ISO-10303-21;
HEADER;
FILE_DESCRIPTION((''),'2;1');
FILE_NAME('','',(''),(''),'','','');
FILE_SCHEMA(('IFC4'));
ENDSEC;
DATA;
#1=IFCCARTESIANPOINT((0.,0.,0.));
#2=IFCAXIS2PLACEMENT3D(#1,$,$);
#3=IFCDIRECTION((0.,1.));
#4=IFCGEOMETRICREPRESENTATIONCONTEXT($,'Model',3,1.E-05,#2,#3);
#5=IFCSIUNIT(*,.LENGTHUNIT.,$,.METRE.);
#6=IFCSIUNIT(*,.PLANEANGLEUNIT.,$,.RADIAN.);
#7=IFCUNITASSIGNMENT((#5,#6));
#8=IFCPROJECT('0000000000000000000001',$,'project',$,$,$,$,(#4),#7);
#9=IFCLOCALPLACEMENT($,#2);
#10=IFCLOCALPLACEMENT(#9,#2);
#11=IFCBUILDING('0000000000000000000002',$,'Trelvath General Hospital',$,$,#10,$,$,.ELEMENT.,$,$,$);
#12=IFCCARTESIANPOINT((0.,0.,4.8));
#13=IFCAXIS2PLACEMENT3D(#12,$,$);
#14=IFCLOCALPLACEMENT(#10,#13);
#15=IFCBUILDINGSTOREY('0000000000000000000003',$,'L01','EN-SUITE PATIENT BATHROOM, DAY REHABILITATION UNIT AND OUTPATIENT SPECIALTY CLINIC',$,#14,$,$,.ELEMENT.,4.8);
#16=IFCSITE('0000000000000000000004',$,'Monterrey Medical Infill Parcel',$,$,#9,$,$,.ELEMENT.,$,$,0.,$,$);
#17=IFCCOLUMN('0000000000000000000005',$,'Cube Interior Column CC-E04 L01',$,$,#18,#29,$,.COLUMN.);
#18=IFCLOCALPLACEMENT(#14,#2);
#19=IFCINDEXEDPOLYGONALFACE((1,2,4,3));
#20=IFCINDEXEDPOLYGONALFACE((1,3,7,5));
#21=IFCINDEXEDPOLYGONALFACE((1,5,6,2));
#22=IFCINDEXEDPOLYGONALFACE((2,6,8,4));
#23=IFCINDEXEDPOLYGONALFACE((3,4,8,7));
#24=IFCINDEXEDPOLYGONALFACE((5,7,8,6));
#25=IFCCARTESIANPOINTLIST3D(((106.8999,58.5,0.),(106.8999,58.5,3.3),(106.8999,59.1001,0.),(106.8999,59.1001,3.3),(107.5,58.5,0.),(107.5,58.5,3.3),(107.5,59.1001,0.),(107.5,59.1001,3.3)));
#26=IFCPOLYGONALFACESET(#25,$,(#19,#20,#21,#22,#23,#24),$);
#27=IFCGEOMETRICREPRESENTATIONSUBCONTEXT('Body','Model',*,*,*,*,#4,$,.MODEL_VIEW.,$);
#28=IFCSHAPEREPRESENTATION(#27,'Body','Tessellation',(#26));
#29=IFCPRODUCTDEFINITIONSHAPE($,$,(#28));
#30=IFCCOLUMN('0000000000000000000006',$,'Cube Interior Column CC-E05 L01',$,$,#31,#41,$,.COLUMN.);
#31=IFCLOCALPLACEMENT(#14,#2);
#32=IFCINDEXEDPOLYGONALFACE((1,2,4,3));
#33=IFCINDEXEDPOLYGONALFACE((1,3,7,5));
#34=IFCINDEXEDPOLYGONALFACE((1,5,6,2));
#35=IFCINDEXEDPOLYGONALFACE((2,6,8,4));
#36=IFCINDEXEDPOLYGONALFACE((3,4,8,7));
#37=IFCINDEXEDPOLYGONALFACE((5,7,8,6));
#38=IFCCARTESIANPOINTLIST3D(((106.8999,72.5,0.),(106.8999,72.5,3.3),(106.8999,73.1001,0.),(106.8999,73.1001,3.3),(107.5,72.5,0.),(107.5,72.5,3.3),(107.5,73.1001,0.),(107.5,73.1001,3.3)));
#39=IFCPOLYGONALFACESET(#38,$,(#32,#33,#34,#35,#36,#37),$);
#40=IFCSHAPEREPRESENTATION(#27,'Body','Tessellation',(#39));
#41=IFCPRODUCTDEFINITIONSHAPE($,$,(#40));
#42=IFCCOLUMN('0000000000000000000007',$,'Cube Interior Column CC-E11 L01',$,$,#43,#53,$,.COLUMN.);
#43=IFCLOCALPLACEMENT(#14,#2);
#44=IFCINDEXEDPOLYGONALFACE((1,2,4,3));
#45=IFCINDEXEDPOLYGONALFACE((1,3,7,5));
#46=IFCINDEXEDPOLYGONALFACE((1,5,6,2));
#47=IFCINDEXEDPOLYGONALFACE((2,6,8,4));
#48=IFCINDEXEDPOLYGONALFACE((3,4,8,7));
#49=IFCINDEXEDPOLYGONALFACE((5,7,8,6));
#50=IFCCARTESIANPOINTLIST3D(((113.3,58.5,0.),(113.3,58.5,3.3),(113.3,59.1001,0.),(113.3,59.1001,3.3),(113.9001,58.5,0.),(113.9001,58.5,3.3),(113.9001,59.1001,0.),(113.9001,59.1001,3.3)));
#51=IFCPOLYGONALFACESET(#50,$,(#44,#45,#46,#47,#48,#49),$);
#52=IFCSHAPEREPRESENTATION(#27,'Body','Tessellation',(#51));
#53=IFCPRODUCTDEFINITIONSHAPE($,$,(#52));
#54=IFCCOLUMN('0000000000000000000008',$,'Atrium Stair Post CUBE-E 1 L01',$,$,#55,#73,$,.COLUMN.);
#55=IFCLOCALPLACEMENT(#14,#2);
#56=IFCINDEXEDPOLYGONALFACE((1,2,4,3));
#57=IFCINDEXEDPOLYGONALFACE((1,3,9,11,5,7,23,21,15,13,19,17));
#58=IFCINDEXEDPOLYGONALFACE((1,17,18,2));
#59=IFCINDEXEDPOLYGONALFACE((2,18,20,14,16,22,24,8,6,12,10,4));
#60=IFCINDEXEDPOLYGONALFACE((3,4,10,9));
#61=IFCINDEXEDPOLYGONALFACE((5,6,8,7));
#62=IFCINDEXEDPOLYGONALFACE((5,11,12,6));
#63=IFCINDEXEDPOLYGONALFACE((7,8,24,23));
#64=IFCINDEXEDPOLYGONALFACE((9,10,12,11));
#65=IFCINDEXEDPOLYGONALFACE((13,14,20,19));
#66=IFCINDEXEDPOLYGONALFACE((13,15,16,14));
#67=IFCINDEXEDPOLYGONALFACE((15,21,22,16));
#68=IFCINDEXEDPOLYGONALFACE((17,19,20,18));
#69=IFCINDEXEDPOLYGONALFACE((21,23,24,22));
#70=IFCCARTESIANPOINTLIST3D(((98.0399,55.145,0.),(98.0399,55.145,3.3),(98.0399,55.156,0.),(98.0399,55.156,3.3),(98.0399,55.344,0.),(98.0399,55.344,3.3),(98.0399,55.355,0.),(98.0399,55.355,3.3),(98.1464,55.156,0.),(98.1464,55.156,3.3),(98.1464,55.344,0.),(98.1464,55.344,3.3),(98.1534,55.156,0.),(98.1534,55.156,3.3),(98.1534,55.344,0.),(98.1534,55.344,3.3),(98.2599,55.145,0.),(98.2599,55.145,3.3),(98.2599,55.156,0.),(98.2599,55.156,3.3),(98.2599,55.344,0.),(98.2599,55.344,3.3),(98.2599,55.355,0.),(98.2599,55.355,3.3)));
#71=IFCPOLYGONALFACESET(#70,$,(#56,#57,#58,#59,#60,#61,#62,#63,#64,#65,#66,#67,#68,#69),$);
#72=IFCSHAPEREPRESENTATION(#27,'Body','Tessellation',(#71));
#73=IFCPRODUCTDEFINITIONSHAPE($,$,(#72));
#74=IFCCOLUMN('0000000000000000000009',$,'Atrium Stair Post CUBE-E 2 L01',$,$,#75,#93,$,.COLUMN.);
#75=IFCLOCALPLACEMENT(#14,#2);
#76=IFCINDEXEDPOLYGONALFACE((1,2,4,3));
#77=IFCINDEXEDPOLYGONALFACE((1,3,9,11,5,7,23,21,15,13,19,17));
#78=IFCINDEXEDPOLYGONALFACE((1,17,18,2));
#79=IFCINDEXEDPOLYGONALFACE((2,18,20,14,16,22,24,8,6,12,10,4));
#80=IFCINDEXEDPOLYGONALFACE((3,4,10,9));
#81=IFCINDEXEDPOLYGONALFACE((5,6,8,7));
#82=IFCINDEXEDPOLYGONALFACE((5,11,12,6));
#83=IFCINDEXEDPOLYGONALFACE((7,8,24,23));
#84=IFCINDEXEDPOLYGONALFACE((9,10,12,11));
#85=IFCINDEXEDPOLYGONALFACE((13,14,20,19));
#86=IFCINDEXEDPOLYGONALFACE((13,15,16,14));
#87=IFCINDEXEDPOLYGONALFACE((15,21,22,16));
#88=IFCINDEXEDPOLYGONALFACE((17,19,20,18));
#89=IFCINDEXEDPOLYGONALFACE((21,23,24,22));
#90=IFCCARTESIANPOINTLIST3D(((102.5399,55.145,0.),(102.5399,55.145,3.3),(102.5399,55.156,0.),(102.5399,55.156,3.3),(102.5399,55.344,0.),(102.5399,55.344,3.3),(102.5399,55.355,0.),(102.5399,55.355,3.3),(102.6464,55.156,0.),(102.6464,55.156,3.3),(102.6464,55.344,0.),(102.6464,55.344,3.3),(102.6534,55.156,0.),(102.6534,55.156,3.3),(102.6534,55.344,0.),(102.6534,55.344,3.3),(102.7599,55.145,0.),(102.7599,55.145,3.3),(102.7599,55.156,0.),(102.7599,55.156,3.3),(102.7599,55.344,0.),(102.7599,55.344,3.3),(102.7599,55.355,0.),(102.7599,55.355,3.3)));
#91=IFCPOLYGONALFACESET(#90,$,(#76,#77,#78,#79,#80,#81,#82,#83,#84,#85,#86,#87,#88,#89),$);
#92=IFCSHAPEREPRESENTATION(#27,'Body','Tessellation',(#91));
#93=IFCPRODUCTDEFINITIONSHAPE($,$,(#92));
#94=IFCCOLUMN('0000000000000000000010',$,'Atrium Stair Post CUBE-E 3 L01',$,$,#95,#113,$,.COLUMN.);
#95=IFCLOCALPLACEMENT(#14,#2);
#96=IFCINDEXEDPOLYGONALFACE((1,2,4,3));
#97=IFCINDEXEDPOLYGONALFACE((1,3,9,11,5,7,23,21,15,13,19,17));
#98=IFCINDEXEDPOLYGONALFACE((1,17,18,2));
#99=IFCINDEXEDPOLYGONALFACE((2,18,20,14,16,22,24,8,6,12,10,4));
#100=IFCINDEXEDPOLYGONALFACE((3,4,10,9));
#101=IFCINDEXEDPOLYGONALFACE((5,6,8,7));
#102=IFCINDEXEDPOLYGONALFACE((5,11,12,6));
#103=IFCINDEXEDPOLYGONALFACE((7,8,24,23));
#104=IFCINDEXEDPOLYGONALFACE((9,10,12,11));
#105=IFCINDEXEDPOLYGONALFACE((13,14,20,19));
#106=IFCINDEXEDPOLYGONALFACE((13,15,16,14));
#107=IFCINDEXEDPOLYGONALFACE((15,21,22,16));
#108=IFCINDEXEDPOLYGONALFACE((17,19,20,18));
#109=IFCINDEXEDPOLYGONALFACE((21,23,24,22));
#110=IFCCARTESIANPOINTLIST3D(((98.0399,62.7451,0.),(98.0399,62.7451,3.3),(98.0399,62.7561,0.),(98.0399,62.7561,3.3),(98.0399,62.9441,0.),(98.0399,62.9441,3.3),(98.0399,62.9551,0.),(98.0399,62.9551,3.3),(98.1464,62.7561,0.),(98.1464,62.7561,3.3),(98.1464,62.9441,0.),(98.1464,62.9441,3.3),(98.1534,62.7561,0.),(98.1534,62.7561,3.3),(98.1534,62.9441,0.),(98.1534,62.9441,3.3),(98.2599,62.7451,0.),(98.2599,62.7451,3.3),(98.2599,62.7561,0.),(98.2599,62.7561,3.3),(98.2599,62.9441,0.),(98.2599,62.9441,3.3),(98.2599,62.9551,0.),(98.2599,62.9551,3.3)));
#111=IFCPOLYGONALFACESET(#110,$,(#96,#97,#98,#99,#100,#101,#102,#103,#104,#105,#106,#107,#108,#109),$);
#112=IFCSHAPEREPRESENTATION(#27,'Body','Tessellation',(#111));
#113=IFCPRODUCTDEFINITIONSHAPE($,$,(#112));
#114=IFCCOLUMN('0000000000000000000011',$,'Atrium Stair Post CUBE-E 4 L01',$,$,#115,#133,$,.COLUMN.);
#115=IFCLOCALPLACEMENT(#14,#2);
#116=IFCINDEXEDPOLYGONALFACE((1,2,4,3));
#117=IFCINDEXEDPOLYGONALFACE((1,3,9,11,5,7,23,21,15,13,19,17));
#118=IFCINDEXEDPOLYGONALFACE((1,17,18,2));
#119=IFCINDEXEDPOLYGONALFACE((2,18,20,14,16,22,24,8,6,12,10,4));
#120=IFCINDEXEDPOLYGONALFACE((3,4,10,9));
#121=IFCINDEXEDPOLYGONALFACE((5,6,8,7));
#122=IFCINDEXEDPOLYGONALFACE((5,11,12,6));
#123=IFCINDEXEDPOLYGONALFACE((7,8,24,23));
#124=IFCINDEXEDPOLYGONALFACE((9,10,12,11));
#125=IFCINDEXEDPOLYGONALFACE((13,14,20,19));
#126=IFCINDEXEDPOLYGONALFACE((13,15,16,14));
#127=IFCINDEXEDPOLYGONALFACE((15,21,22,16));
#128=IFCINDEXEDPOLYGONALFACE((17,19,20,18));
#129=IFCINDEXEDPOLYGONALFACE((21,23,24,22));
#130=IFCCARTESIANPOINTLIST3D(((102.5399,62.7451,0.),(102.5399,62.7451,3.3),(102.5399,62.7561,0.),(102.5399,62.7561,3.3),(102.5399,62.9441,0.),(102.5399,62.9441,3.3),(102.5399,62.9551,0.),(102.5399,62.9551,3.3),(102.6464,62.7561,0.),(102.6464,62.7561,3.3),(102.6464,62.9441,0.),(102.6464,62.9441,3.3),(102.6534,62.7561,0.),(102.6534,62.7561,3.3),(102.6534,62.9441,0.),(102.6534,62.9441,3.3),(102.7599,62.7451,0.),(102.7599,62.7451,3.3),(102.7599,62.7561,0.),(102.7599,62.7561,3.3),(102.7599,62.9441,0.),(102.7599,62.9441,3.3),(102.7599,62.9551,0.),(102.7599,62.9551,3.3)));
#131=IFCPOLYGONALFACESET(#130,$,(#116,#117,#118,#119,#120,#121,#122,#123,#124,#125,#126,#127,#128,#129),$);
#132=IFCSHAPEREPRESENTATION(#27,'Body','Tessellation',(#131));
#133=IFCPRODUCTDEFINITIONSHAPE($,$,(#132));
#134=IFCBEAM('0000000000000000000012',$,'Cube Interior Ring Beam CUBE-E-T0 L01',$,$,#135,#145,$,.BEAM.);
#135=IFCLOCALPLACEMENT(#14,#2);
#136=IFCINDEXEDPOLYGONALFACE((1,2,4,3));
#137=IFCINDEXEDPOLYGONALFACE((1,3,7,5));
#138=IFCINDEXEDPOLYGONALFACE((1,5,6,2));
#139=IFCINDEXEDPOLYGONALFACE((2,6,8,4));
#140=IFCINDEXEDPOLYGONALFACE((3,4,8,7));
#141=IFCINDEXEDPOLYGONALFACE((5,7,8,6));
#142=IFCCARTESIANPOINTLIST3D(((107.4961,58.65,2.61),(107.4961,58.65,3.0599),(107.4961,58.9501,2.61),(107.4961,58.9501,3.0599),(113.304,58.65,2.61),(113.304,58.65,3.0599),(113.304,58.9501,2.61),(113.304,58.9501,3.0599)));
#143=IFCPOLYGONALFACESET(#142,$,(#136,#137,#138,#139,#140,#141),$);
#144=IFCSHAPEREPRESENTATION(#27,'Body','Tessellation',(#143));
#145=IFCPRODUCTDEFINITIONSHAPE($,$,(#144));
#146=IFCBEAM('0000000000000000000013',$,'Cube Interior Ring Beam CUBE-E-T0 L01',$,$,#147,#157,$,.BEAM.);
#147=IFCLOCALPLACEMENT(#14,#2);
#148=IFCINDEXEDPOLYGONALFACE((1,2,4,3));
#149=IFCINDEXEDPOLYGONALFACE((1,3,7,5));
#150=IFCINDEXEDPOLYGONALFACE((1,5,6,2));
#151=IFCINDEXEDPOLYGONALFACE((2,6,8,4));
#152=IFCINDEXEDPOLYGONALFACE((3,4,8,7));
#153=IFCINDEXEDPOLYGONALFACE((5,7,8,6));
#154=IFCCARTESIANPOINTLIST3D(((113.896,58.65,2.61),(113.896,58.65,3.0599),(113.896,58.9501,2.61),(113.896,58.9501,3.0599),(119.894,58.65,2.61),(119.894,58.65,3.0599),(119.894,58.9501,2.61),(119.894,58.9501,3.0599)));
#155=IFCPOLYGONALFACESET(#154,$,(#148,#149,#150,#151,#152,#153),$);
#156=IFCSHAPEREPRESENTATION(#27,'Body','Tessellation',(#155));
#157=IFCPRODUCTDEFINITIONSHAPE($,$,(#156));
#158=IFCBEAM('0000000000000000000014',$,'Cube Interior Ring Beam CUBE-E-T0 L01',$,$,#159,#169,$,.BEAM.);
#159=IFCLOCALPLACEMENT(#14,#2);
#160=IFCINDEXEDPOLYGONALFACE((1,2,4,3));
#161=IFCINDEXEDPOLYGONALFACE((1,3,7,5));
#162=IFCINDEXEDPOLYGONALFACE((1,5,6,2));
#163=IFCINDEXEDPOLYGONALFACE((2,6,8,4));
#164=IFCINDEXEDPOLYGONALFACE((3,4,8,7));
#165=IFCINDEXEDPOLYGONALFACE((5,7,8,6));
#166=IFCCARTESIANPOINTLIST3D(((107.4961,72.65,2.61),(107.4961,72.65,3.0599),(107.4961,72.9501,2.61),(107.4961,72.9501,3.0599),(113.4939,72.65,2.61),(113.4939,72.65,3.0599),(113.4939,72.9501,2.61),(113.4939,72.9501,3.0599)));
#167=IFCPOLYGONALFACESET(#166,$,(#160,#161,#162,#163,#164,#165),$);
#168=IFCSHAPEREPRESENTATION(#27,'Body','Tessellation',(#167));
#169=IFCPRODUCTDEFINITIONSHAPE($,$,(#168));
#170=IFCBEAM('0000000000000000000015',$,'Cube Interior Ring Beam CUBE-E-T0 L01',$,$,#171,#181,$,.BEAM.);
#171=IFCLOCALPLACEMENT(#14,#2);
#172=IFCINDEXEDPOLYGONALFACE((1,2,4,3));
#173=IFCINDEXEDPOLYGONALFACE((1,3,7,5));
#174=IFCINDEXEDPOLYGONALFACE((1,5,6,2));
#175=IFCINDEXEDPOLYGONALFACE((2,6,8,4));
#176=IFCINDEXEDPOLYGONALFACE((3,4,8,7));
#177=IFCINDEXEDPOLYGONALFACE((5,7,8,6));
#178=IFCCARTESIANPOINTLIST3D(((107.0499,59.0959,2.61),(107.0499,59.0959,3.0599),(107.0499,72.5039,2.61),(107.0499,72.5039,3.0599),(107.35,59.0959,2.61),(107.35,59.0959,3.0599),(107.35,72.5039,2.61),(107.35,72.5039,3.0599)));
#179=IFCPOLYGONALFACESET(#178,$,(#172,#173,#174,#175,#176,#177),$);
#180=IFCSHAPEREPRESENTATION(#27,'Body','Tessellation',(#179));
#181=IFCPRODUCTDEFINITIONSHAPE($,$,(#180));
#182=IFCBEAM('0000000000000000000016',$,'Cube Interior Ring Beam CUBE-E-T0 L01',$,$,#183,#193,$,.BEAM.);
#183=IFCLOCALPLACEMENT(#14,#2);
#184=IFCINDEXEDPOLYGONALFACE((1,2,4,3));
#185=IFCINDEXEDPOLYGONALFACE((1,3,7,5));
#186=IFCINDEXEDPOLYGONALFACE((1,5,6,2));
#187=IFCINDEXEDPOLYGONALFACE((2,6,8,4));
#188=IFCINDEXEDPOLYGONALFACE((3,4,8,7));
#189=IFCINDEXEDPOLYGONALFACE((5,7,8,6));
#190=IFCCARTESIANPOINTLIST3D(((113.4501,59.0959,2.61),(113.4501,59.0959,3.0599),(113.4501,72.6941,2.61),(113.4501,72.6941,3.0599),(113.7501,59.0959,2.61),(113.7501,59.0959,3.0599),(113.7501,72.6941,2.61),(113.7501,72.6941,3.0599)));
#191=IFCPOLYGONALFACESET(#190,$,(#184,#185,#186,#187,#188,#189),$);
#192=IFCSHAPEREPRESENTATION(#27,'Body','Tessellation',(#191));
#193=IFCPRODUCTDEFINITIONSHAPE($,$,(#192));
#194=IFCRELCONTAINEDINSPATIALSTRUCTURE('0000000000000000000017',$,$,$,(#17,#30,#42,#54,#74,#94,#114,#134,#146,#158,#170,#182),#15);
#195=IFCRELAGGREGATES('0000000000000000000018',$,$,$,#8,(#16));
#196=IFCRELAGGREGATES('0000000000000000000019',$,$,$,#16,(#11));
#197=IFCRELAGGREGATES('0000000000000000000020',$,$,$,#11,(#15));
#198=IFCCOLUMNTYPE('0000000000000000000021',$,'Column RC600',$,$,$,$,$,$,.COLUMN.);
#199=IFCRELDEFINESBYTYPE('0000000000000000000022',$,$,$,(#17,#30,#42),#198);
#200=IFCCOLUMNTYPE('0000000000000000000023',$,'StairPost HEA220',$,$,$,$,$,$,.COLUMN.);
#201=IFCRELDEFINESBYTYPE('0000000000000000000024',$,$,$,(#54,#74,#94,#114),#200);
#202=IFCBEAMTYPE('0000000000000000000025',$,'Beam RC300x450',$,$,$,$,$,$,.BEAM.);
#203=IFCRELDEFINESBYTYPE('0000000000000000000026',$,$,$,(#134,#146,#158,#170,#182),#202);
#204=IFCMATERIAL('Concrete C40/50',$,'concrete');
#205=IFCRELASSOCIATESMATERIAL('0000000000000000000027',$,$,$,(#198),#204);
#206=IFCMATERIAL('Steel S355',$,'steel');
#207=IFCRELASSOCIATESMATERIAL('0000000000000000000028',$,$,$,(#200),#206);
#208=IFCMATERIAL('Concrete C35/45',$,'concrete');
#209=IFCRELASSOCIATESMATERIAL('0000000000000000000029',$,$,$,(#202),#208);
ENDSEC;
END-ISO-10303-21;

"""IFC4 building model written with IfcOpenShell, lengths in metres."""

from ifc_helpers import new_model, si_unit, direction, frame, origin, origin_2d, place, context, subcontext, project, spatial, rectangle, i_section, extrude, material, material_profile, profile_set, type_object, element, save


model = new_model("IFC4")

# Units and contexts
model_context = context("Model", 3, precision=1e-05, world=origin(), true_north=direction((0.0, 1.0)))
body_context = subcontext(model_context, "Body", "Model", "MODEL_VIEW")
ifc_project = project(units=[si_unit("LENGTHUNIT", "METRE"), si_unit("PLANEANGLEUNIT", "RADIAN")], contexts=[model_context])

# Site, building, storey
site_placement = place(None, origin())
site = spatial("IfcSite", under=ifc_project, at=site_placement, Name="Monterrey Medical Infill Parcel", CompositionType="ELEMENT", RefElevation=0.0)
building_placement = place(site_placement, origin())
building = spatial("IfcBuilding", under=site, at=building_placement, Name="Trelvath General Hospital", CompositionType="ELEMENT")
storey_placement = place(building_placement, frame((0.0, 0.0, 4.8)))
storey = spatial("IfcBuildingStorey", under=building, at=storey_placement, Name="L01", Description="EN-SUITE PATIENT BATHROOM, DAY REHABILITATION UNIT AND OUTPATIENT SPECIALTY CLINIC", CompositionType="ELEMENT", Elevation=4.8)

# Columns
ifc_material_1 = material(Name="Concrete C40/50", Category="concrete")
ifc_material_profile_1 = material_profile(ifc_material_1, rectangle(XDim=0.6001, YDim=0.6001, at=origin_2d()), Name="RC600x600")
ifc_profile_set_1 = profile_set([ifc_material_profile_1], Name="Concrete C40/50")
column_type_1 = type_object("IfcColumnType", Name="Column RC600", PredefinedType="COLUMN", material=ifc_profile_set_1)
for number, where, z_axis, x_axis, name in (
    (1, (107.2, 58.8, 0.0), (0.0, 0.0, 1.0), (1.0, 0.0, 0.0), "Cube Interior Column CC-E04 L01"),
    (2, (107.2, 72.8, 0.0), (0.0, 0.0, 1.0), (1.0, 0.0, 0.0), "Cube Interior Column CC-E05 L01"),
    (3, (113.6001, 58.8, 0.0), (0.0, 0.0, 1.0), (1.0, 0.0, 0.0), "Cube Interior Column CC-E11 L01"),
):
    element("IfcColumn", number, at=place(storey_placement, frame(where, z_axis=z_axis, x_axis=x_axis)), inside=storey, type_object=column_type_1, Name=name, PredefinedType="COLUMN", context=body_context, shape_type="SweptSolid", body=[
        extrude(rectangle(XDim=0.6001, YDim=0.6001, at=origin_2d()), origin(), (0.0, 0.0, 1.0), 3.3),
    ])
ifc_material_2 = material(Name="Steel S355", Category="steel")
ifc_material_profile_2 = material_profile(ifc_material_2, i_section(OverallWidth=0.22, OverallDepth=0.21, WebThickness=0.0071, FlangeThickness=0.011, at=origin_2d()), Name="HEA220")
ifc_profile_set_2 = profile_set([ifc_material_profile_2], Name="Steel S355")
column_type_2 = type_object("IfcColumnType", Name="StairPost HEA220", PredefinedType="COLUMN", material=ifc_profile_set_2)
for number, where, z_axis, x_axis, name in (
    (4, (98.1499, 55.25, 0.0), (0.0, 0.0, 1.0), (1.0, 0.0, 0.0), "Atrium Stair Post CUBE-E 1 L01"),
    (5, (102.6499, 55.25, 0.0), (0.0, 0.0, 1.0), (1.0, 0.0, 0.0), "Atrium Stair Post CUBE-E 2 L01"),
    (6, (98.1499, 62.8501, 0.0), (0.0, 0.0, 1.0), (1.0, 0.0, 0.0), "Atrium Stair Post CUBE-E 3 L01"),
    (7, (102.6499, 62.8501, 0.0), (0.0, 0.0, 1.0), (1.0, 0.0, 0.0), "Atrium Stair Post CUBE-E 4 L01"),
):
    element("IfcColumn", number, at=place(storey_placement, frame(where, z_axis=z_axis, x_axis=x_axis)), inside=storey, type_object=column_type_2, Name=name, PredefinedType="COLUMN", context=body_context, shape_type="SweptSolid", body=[
        extrude(i_section(OverallWidth=0.22, OverallDepth=0.21, WebThickness=0.0071, FlangeThickness=0.011, at=origin_2d()), origin(), (0.0, 0.0, 1.0), 3.3),
    ])

# Beams
ifc_material_3 = material(Name="Concrete C35/45", Category="concrete")
ifc_material_profile_3 = material_profile(ifc_material_3, rectangle(XDim=0.3, YDim=0.45, at=origin_2d()), Name="RCB300x450")
ifc_profile_set_3 = profile_set([ifc_material_profile_3], Name="Concrete C35/45")
beam_type_1 = type_object("IfcBeamType", Name="Beam RC300x450", PredefinedType="BEAM", material=ifc_profile_set_3)
beam_1_placement = place(storey_placement, frame((107.4961, 58.8, 2.835), z_axis=(1.0, 0.0, 0.0), x_axis=(0.0, 1.0, 0.0)))
element("IfcBeam", 8, at=beam_1_placement, inside=storey, type_object=beam_type_1, Name="Cube Interior Ring Beam CUBE-E-T0 L01", PredefinedType="BEAM", context=body_context, shape_type="SweptSolid", body=[
    extrude(rectangle(XDim=0.3, YDim=0.45, at=origin_2d()), origin(), (0.0, 0.0, 1.0), 5.8079),
])
beam_2_placement = place(storey_placement, frame((113.896, 58.8, 2.835), z_axis=(1.0, 0.0, 0.0), x_axis=(0.0, 1.0, 0.0)))
element("IfcBeam", 9, at=beam_2_placement, inside=storey, type_object=beam_type_1, Name="Cube Interior Ring Beam CUBE-E-T0 L01", PredefinedType="BEAM", context=body_context, shape_type="SweptSolid", body=[
    extrude(rectangle(XDim=0.3, YDim=0.45, at=origin_2d()), origin(), (0.0, 0.0, 1.0), 5.998),
])
beam_3_placement = place(storey_placement, frame((107.4961, 72.8, 2.835), z_axis=(1.0, 0.0, 0.0), x_axis=(0.0, 1.0, 0.0)))
element("IfcBeam", 10, at=beam_3_placement, inside=storey, type_object=beam_type_1, Name="Cube Interior Ring Beam CUBE-E-T0 L01", PredefinedType="BEAM", context=body_context, shape_type="SweptSolid", body=[
    extrude(rectangle(XDim=0.3, YDim=0.45, at=origin_2d()), origin(), (0.0, 0.0, 1.0), 5.9978),
])
beam_4_placement = place(storey_placement, frame((107.2, 59.0959, 2.835), z_axis=(0.0, 1.0, 0.0), x_axis=(-1.0, 0.0, 0.0)))
element("IfcBeam", 11, at=beam_4_placement, inside=storey, type_object=beam_type_1, Name="Cube Interior Ring Beam CUBE-E-T0 L01", PredefinedType="BEAM", context=body_context, shape_type="SweptSolid", body=[
    extrude(rectangle(XDim=0.3, YDim=0.45, at=origin_2d()), origin(), (0.0, 0.0, 1.0), 13.408),
])
beam_5_placement = place(storey_placement, frame((113.6001, 59.0959, 2.835), z_axis=(0.0, 1.0, 0.0), x_axis=(-1.0, 0.0, 0.0)))
element("IfcBeam", 12, at=beam_5_placement, inside=storey, type_object=beam_type_1, Name="Cube Interior Ring Beam CUBE-E-T0 L01", PredefinedType="BEAM", context=body_context, shape_type="SweptSolid", body=[
    extrude(rectangle(XDim=0.3, YDim=0.45, at=origin_2d()), origin(), (0.0, 0.0, 1.0), 13.5981),
])

save(model, "model.ifc")
